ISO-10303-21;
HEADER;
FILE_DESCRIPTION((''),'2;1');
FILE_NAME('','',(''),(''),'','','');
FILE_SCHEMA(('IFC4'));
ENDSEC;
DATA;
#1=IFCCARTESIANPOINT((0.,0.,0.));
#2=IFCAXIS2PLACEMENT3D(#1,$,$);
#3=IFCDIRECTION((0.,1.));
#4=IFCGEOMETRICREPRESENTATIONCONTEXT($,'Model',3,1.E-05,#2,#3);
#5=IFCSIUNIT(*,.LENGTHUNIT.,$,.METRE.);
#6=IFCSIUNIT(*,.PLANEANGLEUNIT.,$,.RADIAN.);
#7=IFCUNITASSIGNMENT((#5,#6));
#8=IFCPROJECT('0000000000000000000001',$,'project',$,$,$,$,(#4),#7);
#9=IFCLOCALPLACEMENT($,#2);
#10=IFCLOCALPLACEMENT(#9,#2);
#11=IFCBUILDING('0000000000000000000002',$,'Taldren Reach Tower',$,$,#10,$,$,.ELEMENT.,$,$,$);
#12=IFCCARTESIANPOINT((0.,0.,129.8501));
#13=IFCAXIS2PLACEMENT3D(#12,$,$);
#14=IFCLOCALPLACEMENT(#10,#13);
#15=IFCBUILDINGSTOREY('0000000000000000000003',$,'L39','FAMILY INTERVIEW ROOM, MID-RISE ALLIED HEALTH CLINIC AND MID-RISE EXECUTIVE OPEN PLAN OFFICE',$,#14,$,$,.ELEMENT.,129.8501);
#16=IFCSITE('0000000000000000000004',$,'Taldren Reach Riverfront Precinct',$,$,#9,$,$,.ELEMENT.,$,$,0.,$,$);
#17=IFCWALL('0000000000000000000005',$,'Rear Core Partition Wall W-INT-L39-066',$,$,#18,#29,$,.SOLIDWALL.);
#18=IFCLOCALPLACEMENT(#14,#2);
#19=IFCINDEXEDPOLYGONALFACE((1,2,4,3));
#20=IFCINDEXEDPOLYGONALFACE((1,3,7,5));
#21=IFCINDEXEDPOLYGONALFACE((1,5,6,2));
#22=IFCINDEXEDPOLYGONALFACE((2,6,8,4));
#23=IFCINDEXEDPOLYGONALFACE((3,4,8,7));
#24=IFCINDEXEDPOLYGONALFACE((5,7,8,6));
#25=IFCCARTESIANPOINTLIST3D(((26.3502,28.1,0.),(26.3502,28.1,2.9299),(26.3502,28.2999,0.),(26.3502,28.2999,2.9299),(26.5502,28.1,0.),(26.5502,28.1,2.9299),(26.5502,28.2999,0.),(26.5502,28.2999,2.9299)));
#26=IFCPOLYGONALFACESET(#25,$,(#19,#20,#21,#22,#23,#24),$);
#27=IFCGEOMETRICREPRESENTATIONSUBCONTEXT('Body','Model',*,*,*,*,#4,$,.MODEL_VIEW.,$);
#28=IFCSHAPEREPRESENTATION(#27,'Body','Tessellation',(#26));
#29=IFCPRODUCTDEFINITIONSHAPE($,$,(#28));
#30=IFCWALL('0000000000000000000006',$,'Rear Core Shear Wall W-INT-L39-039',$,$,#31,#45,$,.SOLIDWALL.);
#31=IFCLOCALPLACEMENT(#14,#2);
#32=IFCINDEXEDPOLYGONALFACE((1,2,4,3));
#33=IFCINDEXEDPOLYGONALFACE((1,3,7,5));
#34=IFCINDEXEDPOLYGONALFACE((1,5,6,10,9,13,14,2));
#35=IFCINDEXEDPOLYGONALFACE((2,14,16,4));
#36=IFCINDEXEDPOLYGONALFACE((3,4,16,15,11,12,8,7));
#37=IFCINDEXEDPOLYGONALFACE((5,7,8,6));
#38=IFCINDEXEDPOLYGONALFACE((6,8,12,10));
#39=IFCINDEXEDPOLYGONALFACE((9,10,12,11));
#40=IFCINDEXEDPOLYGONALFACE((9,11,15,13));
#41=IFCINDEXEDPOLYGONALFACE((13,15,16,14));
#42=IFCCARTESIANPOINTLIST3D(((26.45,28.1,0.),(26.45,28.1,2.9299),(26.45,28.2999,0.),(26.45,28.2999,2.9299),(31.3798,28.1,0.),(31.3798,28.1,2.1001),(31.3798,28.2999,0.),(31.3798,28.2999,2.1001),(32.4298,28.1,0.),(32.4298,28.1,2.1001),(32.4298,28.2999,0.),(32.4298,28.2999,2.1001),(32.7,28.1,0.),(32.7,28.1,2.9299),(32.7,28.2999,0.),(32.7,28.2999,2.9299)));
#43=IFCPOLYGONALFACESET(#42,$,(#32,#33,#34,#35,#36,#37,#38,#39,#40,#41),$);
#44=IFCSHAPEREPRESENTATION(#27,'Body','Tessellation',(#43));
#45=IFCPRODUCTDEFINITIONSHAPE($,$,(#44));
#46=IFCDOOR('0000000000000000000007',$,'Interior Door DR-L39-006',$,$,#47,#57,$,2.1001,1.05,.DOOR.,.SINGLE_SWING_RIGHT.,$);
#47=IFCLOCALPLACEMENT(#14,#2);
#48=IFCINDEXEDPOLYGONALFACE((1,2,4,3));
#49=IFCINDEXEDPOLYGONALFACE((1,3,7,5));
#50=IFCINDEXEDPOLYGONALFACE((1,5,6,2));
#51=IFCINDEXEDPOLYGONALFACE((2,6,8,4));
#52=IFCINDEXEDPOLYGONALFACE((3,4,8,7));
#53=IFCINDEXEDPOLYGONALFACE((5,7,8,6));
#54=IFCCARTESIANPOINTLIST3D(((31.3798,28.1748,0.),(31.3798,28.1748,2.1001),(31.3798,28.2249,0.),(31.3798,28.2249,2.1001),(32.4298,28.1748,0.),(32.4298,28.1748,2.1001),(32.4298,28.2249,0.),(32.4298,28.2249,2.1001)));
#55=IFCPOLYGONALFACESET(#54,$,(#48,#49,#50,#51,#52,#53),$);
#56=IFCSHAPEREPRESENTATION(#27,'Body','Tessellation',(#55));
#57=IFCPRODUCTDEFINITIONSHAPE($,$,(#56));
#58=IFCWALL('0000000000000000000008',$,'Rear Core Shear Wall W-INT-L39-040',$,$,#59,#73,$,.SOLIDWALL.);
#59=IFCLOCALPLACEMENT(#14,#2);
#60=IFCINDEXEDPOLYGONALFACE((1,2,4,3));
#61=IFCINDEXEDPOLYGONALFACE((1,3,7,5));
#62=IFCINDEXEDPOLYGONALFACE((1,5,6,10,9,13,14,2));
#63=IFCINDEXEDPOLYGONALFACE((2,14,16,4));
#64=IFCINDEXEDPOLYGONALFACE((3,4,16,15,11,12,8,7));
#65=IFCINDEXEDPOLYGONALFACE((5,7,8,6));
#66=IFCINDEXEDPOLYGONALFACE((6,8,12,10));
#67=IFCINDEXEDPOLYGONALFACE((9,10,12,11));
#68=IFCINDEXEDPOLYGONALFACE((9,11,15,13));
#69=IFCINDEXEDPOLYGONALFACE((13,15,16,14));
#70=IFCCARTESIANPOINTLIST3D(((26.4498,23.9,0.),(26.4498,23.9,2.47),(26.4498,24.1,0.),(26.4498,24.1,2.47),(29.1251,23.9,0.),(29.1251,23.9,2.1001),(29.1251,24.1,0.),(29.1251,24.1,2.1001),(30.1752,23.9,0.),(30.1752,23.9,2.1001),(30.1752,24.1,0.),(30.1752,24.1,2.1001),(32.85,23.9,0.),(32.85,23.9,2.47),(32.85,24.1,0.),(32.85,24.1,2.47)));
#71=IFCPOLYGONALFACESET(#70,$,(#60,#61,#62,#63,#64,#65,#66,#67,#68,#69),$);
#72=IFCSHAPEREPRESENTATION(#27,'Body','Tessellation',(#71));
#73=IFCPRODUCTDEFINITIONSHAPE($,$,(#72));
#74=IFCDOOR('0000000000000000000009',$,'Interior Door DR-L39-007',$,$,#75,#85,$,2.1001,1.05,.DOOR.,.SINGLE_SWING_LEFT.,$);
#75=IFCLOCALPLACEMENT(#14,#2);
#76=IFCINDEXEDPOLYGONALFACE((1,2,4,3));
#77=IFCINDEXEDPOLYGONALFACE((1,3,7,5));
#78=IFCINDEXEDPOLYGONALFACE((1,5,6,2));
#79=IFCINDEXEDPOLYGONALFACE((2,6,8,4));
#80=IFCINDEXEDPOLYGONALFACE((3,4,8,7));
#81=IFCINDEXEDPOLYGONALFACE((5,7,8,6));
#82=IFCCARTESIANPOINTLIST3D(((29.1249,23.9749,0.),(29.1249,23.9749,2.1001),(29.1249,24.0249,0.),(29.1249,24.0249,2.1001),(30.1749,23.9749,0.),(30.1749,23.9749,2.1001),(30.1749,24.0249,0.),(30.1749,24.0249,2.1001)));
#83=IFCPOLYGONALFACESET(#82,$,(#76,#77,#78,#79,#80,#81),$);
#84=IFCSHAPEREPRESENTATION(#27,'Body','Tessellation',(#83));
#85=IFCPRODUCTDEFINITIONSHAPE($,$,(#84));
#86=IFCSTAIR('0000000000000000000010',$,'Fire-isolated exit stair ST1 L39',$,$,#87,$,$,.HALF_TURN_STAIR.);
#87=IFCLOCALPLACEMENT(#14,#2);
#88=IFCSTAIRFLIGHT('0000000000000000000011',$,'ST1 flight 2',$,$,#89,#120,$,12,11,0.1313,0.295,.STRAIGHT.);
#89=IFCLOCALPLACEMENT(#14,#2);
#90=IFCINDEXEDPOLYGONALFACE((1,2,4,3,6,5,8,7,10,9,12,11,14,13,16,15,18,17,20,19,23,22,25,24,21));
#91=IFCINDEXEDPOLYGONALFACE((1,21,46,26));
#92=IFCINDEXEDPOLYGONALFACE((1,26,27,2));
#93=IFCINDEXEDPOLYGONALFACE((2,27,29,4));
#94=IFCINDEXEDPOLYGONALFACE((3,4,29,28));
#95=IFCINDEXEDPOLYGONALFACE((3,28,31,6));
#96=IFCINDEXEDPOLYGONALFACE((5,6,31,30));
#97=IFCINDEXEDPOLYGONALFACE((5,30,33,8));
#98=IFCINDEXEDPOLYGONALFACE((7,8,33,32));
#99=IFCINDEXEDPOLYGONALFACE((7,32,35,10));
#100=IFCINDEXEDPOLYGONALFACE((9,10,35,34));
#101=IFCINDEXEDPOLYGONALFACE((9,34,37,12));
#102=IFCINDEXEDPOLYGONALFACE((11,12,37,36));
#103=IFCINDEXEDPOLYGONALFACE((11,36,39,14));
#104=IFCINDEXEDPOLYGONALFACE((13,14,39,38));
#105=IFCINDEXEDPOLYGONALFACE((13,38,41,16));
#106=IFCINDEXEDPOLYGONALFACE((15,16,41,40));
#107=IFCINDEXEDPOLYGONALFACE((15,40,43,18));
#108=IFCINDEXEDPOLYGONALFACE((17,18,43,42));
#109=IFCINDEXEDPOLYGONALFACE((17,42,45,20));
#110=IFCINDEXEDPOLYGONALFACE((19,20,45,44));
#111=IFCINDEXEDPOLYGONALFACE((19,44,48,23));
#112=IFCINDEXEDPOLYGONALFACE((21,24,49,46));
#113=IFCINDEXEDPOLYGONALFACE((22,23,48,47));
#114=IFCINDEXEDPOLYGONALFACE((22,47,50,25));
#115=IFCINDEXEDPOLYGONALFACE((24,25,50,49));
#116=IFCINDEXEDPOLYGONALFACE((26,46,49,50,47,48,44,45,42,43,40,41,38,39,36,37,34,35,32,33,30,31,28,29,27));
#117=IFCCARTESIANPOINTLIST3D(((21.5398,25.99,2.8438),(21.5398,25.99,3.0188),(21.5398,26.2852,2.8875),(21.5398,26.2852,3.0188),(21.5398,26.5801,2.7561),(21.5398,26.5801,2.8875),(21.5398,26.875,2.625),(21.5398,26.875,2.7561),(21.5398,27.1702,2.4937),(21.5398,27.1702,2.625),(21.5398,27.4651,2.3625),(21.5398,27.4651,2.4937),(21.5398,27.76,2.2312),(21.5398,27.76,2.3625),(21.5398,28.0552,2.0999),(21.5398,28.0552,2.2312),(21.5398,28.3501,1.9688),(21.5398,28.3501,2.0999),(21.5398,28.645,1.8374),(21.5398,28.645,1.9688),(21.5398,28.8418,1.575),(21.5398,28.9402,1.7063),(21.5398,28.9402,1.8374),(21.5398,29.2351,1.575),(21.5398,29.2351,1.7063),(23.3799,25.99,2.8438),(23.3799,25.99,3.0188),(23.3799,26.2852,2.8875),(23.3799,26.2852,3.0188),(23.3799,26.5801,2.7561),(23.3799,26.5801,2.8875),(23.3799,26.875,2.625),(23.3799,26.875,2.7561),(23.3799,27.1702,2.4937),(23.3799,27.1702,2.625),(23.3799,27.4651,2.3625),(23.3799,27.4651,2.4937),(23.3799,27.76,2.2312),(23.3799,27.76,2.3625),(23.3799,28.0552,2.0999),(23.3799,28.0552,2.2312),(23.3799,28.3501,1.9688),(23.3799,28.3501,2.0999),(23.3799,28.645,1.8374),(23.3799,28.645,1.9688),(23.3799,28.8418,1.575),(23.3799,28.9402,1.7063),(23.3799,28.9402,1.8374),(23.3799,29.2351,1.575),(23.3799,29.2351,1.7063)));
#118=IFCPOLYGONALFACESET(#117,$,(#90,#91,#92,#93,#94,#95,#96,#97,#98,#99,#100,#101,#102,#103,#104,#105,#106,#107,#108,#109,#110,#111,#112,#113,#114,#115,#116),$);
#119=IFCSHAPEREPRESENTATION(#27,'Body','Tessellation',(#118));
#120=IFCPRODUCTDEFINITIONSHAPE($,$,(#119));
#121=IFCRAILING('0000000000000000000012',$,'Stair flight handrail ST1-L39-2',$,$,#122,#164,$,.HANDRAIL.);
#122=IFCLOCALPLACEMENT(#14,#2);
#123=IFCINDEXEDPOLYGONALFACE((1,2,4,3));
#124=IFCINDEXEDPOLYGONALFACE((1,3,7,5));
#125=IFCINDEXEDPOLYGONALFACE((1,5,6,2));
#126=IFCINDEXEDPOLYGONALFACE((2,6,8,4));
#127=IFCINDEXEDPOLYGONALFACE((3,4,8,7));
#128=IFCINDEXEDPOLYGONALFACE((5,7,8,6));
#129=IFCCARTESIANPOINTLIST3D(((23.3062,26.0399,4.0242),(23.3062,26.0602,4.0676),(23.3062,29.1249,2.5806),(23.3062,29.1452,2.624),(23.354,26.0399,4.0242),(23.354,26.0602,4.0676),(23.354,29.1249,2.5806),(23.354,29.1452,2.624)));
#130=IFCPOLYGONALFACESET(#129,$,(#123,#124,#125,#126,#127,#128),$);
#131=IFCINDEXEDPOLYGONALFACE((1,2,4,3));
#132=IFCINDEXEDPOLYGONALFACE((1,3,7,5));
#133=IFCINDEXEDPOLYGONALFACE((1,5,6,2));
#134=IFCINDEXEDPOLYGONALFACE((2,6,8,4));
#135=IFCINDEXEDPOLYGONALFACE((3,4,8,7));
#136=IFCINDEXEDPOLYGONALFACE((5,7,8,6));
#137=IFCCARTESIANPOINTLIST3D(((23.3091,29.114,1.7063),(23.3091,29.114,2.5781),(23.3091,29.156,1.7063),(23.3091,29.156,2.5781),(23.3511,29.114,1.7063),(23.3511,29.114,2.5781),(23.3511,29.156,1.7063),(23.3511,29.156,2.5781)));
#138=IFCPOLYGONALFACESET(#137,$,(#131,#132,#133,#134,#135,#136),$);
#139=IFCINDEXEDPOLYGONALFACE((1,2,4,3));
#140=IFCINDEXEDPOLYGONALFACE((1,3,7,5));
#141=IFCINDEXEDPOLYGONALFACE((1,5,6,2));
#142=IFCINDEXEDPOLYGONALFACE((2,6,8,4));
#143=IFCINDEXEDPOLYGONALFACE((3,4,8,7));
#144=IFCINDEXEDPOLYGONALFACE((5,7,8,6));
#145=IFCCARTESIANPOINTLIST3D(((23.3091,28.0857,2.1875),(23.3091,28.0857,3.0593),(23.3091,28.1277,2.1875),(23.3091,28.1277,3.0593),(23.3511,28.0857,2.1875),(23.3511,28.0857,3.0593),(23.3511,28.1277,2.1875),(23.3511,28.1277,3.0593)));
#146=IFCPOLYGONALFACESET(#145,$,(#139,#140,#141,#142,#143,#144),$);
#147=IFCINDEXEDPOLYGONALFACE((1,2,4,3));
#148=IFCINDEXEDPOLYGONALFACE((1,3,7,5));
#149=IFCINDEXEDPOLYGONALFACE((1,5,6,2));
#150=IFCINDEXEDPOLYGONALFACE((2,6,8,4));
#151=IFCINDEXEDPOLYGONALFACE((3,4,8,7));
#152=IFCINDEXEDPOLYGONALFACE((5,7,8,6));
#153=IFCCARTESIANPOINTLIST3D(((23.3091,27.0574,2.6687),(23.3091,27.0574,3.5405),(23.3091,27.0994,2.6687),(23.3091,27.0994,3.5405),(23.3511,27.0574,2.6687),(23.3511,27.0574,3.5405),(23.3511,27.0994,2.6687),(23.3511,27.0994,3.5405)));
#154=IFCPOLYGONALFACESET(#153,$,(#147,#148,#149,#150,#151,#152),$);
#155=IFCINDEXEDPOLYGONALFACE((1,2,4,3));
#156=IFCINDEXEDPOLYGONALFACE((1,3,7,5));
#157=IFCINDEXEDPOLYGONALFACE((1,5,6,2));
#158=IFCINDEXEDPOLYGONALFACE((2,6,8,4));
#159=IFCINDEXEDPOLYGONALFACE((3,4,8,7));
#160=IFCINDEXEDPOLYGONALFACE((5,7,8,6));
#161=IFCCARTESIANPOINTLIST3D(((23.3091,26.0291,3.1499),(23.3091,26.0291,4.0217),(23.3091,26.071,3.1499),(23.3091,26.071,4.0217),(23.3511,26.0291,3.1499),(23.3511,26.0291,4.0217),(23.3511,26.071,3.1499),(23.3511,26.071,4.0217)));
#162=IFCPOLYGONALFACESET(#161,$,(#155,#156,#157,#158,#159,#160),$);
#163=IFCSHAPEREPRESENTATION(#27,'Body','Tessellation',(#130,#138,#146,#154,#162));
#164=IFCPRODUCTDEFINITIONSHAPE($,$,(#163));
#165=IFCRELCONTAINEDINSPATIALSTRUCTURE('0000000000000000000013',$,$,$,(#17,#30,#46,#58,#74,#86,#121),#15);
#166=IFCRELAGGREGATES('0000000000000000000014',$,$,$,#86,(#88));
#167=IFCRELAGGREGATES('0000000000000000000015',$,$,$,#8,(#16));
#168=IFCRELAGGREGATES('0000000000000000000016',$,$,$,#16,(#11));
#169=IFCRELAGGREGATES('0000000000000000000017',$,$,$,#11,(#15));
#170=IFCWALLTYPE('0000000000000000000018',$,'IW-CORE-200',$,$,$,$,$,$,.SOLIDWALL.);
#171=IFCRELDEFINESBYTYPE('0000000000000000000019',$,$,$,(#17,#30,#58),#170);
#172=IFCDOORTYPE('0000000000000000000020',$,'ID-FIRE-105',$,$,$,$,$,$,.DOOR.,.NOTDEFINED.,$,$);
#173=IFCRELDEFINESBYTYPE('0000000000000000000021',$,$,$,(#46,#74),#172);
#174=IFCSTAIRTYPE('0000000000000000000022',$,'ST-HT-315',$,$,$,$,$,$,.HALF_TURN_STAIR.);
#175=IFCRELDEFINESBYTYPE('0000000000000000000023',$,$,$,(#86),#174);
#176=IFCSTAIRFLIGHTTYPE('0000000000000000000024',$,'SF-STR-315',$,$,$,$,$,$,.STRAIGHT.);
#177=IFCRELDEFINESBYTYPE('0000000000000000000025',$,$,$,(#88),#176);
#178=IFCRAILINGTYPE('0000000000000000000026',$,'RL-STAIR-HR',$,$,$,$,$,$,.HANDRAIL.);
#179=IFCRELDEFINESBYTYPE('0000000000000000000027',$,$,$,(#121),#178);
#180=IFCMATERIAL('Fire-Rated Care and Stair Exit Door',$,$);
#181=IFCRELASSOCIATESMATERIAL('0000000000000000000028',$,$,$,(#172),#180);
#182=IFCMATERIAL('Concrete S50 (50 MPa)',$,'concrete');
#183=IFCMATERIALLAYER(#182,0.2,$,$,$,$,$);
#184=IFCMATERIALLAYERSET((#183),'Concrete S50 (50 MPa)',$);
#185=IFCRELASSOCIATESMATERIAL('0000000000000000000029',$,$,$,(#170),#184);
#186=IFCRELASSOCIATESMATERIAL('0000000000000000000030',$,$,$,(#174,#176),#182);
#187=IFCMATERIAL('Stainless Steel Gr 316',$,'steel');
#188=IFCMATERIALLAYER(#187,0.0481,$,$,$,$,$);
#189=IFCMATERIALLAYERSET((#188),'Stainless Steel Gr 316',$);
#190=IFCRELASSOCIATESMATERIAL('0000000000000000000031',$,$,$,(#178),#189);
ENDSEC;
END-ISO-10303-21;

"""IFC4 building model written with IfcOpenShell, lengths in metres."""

from ifc_helpers import new_model, si_unit, direction, frame, frame_2d, origin, origin_2d, place, context, subcontext, project, spatial, polyline, rectangle, outline, extrude, source, transform, mapped, material, layer, layer_set, type_object, element, fill, aggregate, save


model = new_model("IFC4")

# Units and contexts
model_context = context("Model", 3, precision=1e-05, world=origin(), true_north=direction((0.0, 1.0)))
body_context = subcontext(model_context, "Body", "Model", "MODEL_VIEW")
ifc_project = project(units=[si_unit("LENGTHUNIT", "METRE"), si_unit("PLANEANGLEUNIT", "RADIAN")], contexts=[model_context])

# Site, building, storey
site_placement = place(None, origin())
site = spatial("IfcSite", under=ifc_project, at=site_placement, Name="Taldren Reach Riverfront Precinct", CompositionType="ELEMENT", RefElevation=0.0)
building_placement = place(site_placement, origin())
building = spatial("IfcBuilding", under=site, at=building_placement, Name="Taldren Reach Tower", CompositionType="ELEMENT")
storey_placement = place(building_placement, frame((0.0, 0.0, 129.8501)))
storey = spatial("IfcBuildingStorey", under=building, at=storey_placement, Name="L39", Description="FAMILY INTERVIEW ROOM, MID-RISE ALLIED HEALTH CLINIC AND MID-RISE EXECUTIVE OPEN PLAN OFFICE", CompositionType="ELEMENT", Elevation=129.8501)

# Shared definitions
ifc_material_1 = material(Name="Fire-Rated Care and Stair Exit Door")
door_type_1 = type_object("IfcDoorType", Name="ID-FIRE-105", OperationType="NOTDEFINED", PredefinedType="DOOR", material=ifc_material_1)
shared_shape_1 = source(origin(), body_context, "Body", "SweptSolid", [
    extrude(rectangle(XDim=1.05, YDim=2.1001, at=frame_2d((0.5249, 1.05))), frame((0.0, 0.0249, 0.0), z_axis=(0.0, -1.0, 0.0), x_axis=(1.0, 0.0, 0.0)), (0.0, 0.0, 1.0), 0.05),
])

# Shared definitions
ifc_material_2 = material(Name="Concrete S50 (50 MPa)", Category="concrete")
ifc_layer_1 = layer(ifc_material_2, 0.2)
ifc_layer_set_1 = layer_set([ifc_layer_1], Name="Concrete S50 (50 MPa)")
wall_type_1 = type_object("IfcWallType", Name="IW-CORE-200", PredefinedType="SOLIDWALL", material=ifc_layer_set_1)

# Shared definitions
shared_shape_2 = source(origin(), body_context, "Body", "SweptSolid", [
    extrude(rectangle(XDim=1.05, YDim=2.1001, at=frame_2d((0.5249, 1.05))), frame((0.0, 0.1099, 0.0), z_axis=(0.0, -1.0, 0.0), x_axis=(1.0, 0.0, 0.0)), (0.0, 0.0, 1.0), 0.22),
])

# Wall
shared_shape_3 = source(origin(), body_context, "Body", "SweptSolid", [
    extrude(rectangle(XDim=0.2, YDim=0.2, at=frame_2d((0.1001, 0.0))), origin(), (0.0, 0.0, 1.0), 2.9299),
])
wall_1_placement = place(storey_placement, frame((26.3501, 28.2, 0.0), z_axis=(0.0, 0.0, 1.0), x_axis=(1.0, 0.0, 0.0)))
element("IfcWall", 1, at=wall_1_placement, inside=storey, type_object=wall_type_1, Name="Rear Core Partition Wall W-INT-L39-066", PredefinedType="SOLIDWALL", context=body_context, shape_type="MappedRepresentation", body=[
    mapped(shared_shape_3, transform((0.0, 0.0, 0.0), scale=1.0)),
])

# Walls, openings, doors
shared_shape_4 = source(origin(), body_context, "Body", "SweptSolid", [
    extrude(rectangle(XDim=6.25, YDim=0.2, at=frame_2d((3.125, 0.0))), origin(), (0.0, 0.0, 1.0), 2.9299),
])
wall_2_placement = place(storey_placement, frame((26.45, 28.2, 0.0), z_axis=(0.0, 0.0, 1.0), x_axis=(1.0, 0.0, 0.0)))
wall_2 = element("IfcWall", 2, at=wall_2_placement, inside=storey, type_object=wall_type_1, Name="Rear Core Shear Wall W-INT-L39-039", PredefinedType="SOLIDWALL", context=body_context, shape_type="MappedRepresentation", body=[
    mapped(shared_shape_4, transform((0.0, 0.0, 0.0), scale=1.0)),
])
opening_1_placement = place(wall_2_placement, frame((4.9299, 0.0, 0.0)))
opening_1 = element("IfcOpeningElement", 3, at=opening_1_placement, cuts=wall_2, PredefinedType="OPENING", context=body_context, shape_type="MappedRepresentation", body=[
    mapped(shared_shape_2, transform((0.0, 0.0, 0.0), scale=1.0)),
])
door_1_placement = place(opening_1_placement, origin())
door_1 = element("IfcDoor", 4, at=door_1_placement, inside=storey, type_object=door_type_1, Name="Interior Door DR-L39-006", OperationType="SINGLE_SWING_RIGHT", OverallHeight=2.1001, OverallWidth=1.05, PredefinedType="DOOR", context=body_context, shape_type="MappedRepresentation", body=[
    mapped(shared_shape_1, transform((0.0, 0.0, 0.0), scale=1.0)),
])
fill(opening_1, door_1)
shared_shape_5 = source(origin(), body_context, "Body", "SweptSolid", [
    extrude(rectangle(XDim=6.4001, YDim=0.2, at=frame_2d((3.2002, 0.0))), origin(), (0.0, 0.0, 1.0), 2.47),
])
wall_3_placement = place(storey_placement, frame((32.8501, 24.0, 0.0), z_axis=(0.0, 0.0, 1.0), x_axis=(-1.0, 0.0, 0.0)))
wall_3 = element("IfcWall", 5, at=wall_3_placement, inside=storey, type_object=wall_type_1, Name="Rear Core Shear Wall W-INT-L39-040", PredefinedType="SOLIDWALL", context=body_context, shape_type="MappedRepresentation", body=[
    mapped(shared_shape_5, transform((0.0, 0.0, 0.0), scale=1.0)),
])
opening_2_placement = place(wall_3_placement, frame((2.675, 0.0, 0.0)))
opening_2 = element("IfcOpeningElement", 6, at=opening_2_placement, cuts=wall_3, PredefinedType="OPENING", context=body_context, shape_type="MappedRepresentation", body=[
    mapped(shared_shape_2, transform((0.0, 0.0, 0.0), scale=1.0)),
])
door_2_placement = place(opening_2_placement, frame((1.05, 0.0, 0.0), z_axis=(0.0, 0.0, 1.0), x_axis=(-1.0, 0.0, 0.0)))
door_2 = element("IfcDoor", 7, at=door_2_placement, inside=storey, type_object=door_type_1, Name="Interior Door DR-L39-007", OperationType="SINGLE_SWING_LEFT", OverallHeight=2.1001, OverallWidth=1.05, PredefinedType="DOOR", context=body_context, shape_type="MappedRepresentation", body=[
    mapped(shared_shape_1, transform((0.0, 0.0, 0.0), scale=1.0)),
])
fill(opening_2, door_2)

# Stair, stair flight
stair_type = type_object("IfcStairType", Name="ST-HT-315", PredefinedType="HALF_TURN_STAIR", material=ifc_material_2)
stair_placement = place(storey_placement, origin())
stair = element("IfcStair", 8, at=stair_placement, inside=storey, type_object=stair_type, Name="Fire-isolated exit stair ST1 L39", PredefinedType="HALF_TURN_STAIR")
stair_flight_type = type_object("IfcStairFlightType", Name="SF-STR-315", PredefinedType="STRAIGHT", material=ifc_material_2)
stair_flight_placement = place(storey_placement, frame((22.46, 29.2351, 1.575), z_axis=(0.0, 0.0, 1.0), x_axis=(0.0, -1.0, 0.0)))
stair_flight = element("IfcStairFlight", 9, at=stair_flight_placement, type_object=stair_flight_type, Name="ST1 flight 2", NumberOfRisers=12, NumberOfTreads=11, PredefinedType="STRAIGHT", RiserHeight=0.1313, TreadLength=0.295, context=body_context, shape_type="SweptSolid", body=[
    extrude(outline(polyline([(0.0, 0.0), (0.0, 0.1313), (0.2949, 0.1313), (0.2949, 0.2625), (0.5901, 0.2625), (0.5901, 0.3938), (0.885, 0.3938), (0.885, 0.5249), (1.1799, 0.5249), (1.1799, 0.6562), (1.4751, 0.6562), (1.4751, 0.7876), (1.77, 0.7876), (1.77, 0.9187), (2.0649, 0.9187), (2.0649, 1.05), (2.3601, 1.05), (2.3601, 1.1812), (2.655, 1.1812), (2.655, 1.3125), (2.95, 1.3125), (2.95, 1.4438), (3.2451, 1.4438), (3.2451, 1.575), (3.2451, 1.2688), (0.3933, 0.0), (0.0, 0.0)])), frame((0.0, 0.9199, 0.0), z_axis=(0.0, -1.0, 0.0), x_axis=(1.0, 0.0, 0.0)), (0.0, 0.0, 1.0), 1.8401),
])
aggregate(stair, [stair_flight])

# Railing
ifc_material_3 = material(Name="Stainless Steel Gr 316", Category="steel")
ifc_layer_2 = layer(ifc_material_3, 0.0481)
ifc_layer_set_2 = layer_set([ifc_layer_2], Name="Stainless Steel Gr 316")
railing_type = type_object("IfcRailingType", Name="RL-STAIR-HR", PredefinedType="HANDRAIL", material=ifc_layer_set_2)
railing_placement = place(storey_placement, frame((23.3301, 29.135, 1.7063)))
element("IfcRailing", 10, at=railing_placement, inside=storey, type_object=railing_type, Name="Stair flight handrail ST1-L39-2", PredefinedType="HANDRAIL", context=body_context, shape_type="SweptSolid", body=[
    extrude(rectangle(XDim=0.0479, YDim=0.0479, at=origin_2d()), frame((0.0, 0.0, 0.896), z_axis=(0.0, -0.905738, 0.423839), x_axis=(1.0, 0.0, 0.0)), (0.0, 0.0, 1.0), 3.406),
    extrude(rectangle(XDim=0.042, YDim=0.042, at=origin_2d()), origin(), (0.0, 0.0, 1.0), 0.8718),
    extrude(rectangle(XDim=0.042, YDim=0.042, at=origin_2d()), frame((0.0, -1.0283, 0.4812)), (0.0, 0.0, 1.0), 0.8718),
    extrude(rectangle(XDim=0.042, YDim=0.042, at=origin_2d()), frame((0.0, -2.0566, 0.9624)), (0.0, 0.0, 1.0), 0.8718),
    extrude(rectangle(XDim=0.042, YDim=0.042, at=origin_2d()), frame((0.0, -3.085, 1.4436)), (0.0, 0.0, 1.0), 0.8718),
])

save(model, "model.ifc")
